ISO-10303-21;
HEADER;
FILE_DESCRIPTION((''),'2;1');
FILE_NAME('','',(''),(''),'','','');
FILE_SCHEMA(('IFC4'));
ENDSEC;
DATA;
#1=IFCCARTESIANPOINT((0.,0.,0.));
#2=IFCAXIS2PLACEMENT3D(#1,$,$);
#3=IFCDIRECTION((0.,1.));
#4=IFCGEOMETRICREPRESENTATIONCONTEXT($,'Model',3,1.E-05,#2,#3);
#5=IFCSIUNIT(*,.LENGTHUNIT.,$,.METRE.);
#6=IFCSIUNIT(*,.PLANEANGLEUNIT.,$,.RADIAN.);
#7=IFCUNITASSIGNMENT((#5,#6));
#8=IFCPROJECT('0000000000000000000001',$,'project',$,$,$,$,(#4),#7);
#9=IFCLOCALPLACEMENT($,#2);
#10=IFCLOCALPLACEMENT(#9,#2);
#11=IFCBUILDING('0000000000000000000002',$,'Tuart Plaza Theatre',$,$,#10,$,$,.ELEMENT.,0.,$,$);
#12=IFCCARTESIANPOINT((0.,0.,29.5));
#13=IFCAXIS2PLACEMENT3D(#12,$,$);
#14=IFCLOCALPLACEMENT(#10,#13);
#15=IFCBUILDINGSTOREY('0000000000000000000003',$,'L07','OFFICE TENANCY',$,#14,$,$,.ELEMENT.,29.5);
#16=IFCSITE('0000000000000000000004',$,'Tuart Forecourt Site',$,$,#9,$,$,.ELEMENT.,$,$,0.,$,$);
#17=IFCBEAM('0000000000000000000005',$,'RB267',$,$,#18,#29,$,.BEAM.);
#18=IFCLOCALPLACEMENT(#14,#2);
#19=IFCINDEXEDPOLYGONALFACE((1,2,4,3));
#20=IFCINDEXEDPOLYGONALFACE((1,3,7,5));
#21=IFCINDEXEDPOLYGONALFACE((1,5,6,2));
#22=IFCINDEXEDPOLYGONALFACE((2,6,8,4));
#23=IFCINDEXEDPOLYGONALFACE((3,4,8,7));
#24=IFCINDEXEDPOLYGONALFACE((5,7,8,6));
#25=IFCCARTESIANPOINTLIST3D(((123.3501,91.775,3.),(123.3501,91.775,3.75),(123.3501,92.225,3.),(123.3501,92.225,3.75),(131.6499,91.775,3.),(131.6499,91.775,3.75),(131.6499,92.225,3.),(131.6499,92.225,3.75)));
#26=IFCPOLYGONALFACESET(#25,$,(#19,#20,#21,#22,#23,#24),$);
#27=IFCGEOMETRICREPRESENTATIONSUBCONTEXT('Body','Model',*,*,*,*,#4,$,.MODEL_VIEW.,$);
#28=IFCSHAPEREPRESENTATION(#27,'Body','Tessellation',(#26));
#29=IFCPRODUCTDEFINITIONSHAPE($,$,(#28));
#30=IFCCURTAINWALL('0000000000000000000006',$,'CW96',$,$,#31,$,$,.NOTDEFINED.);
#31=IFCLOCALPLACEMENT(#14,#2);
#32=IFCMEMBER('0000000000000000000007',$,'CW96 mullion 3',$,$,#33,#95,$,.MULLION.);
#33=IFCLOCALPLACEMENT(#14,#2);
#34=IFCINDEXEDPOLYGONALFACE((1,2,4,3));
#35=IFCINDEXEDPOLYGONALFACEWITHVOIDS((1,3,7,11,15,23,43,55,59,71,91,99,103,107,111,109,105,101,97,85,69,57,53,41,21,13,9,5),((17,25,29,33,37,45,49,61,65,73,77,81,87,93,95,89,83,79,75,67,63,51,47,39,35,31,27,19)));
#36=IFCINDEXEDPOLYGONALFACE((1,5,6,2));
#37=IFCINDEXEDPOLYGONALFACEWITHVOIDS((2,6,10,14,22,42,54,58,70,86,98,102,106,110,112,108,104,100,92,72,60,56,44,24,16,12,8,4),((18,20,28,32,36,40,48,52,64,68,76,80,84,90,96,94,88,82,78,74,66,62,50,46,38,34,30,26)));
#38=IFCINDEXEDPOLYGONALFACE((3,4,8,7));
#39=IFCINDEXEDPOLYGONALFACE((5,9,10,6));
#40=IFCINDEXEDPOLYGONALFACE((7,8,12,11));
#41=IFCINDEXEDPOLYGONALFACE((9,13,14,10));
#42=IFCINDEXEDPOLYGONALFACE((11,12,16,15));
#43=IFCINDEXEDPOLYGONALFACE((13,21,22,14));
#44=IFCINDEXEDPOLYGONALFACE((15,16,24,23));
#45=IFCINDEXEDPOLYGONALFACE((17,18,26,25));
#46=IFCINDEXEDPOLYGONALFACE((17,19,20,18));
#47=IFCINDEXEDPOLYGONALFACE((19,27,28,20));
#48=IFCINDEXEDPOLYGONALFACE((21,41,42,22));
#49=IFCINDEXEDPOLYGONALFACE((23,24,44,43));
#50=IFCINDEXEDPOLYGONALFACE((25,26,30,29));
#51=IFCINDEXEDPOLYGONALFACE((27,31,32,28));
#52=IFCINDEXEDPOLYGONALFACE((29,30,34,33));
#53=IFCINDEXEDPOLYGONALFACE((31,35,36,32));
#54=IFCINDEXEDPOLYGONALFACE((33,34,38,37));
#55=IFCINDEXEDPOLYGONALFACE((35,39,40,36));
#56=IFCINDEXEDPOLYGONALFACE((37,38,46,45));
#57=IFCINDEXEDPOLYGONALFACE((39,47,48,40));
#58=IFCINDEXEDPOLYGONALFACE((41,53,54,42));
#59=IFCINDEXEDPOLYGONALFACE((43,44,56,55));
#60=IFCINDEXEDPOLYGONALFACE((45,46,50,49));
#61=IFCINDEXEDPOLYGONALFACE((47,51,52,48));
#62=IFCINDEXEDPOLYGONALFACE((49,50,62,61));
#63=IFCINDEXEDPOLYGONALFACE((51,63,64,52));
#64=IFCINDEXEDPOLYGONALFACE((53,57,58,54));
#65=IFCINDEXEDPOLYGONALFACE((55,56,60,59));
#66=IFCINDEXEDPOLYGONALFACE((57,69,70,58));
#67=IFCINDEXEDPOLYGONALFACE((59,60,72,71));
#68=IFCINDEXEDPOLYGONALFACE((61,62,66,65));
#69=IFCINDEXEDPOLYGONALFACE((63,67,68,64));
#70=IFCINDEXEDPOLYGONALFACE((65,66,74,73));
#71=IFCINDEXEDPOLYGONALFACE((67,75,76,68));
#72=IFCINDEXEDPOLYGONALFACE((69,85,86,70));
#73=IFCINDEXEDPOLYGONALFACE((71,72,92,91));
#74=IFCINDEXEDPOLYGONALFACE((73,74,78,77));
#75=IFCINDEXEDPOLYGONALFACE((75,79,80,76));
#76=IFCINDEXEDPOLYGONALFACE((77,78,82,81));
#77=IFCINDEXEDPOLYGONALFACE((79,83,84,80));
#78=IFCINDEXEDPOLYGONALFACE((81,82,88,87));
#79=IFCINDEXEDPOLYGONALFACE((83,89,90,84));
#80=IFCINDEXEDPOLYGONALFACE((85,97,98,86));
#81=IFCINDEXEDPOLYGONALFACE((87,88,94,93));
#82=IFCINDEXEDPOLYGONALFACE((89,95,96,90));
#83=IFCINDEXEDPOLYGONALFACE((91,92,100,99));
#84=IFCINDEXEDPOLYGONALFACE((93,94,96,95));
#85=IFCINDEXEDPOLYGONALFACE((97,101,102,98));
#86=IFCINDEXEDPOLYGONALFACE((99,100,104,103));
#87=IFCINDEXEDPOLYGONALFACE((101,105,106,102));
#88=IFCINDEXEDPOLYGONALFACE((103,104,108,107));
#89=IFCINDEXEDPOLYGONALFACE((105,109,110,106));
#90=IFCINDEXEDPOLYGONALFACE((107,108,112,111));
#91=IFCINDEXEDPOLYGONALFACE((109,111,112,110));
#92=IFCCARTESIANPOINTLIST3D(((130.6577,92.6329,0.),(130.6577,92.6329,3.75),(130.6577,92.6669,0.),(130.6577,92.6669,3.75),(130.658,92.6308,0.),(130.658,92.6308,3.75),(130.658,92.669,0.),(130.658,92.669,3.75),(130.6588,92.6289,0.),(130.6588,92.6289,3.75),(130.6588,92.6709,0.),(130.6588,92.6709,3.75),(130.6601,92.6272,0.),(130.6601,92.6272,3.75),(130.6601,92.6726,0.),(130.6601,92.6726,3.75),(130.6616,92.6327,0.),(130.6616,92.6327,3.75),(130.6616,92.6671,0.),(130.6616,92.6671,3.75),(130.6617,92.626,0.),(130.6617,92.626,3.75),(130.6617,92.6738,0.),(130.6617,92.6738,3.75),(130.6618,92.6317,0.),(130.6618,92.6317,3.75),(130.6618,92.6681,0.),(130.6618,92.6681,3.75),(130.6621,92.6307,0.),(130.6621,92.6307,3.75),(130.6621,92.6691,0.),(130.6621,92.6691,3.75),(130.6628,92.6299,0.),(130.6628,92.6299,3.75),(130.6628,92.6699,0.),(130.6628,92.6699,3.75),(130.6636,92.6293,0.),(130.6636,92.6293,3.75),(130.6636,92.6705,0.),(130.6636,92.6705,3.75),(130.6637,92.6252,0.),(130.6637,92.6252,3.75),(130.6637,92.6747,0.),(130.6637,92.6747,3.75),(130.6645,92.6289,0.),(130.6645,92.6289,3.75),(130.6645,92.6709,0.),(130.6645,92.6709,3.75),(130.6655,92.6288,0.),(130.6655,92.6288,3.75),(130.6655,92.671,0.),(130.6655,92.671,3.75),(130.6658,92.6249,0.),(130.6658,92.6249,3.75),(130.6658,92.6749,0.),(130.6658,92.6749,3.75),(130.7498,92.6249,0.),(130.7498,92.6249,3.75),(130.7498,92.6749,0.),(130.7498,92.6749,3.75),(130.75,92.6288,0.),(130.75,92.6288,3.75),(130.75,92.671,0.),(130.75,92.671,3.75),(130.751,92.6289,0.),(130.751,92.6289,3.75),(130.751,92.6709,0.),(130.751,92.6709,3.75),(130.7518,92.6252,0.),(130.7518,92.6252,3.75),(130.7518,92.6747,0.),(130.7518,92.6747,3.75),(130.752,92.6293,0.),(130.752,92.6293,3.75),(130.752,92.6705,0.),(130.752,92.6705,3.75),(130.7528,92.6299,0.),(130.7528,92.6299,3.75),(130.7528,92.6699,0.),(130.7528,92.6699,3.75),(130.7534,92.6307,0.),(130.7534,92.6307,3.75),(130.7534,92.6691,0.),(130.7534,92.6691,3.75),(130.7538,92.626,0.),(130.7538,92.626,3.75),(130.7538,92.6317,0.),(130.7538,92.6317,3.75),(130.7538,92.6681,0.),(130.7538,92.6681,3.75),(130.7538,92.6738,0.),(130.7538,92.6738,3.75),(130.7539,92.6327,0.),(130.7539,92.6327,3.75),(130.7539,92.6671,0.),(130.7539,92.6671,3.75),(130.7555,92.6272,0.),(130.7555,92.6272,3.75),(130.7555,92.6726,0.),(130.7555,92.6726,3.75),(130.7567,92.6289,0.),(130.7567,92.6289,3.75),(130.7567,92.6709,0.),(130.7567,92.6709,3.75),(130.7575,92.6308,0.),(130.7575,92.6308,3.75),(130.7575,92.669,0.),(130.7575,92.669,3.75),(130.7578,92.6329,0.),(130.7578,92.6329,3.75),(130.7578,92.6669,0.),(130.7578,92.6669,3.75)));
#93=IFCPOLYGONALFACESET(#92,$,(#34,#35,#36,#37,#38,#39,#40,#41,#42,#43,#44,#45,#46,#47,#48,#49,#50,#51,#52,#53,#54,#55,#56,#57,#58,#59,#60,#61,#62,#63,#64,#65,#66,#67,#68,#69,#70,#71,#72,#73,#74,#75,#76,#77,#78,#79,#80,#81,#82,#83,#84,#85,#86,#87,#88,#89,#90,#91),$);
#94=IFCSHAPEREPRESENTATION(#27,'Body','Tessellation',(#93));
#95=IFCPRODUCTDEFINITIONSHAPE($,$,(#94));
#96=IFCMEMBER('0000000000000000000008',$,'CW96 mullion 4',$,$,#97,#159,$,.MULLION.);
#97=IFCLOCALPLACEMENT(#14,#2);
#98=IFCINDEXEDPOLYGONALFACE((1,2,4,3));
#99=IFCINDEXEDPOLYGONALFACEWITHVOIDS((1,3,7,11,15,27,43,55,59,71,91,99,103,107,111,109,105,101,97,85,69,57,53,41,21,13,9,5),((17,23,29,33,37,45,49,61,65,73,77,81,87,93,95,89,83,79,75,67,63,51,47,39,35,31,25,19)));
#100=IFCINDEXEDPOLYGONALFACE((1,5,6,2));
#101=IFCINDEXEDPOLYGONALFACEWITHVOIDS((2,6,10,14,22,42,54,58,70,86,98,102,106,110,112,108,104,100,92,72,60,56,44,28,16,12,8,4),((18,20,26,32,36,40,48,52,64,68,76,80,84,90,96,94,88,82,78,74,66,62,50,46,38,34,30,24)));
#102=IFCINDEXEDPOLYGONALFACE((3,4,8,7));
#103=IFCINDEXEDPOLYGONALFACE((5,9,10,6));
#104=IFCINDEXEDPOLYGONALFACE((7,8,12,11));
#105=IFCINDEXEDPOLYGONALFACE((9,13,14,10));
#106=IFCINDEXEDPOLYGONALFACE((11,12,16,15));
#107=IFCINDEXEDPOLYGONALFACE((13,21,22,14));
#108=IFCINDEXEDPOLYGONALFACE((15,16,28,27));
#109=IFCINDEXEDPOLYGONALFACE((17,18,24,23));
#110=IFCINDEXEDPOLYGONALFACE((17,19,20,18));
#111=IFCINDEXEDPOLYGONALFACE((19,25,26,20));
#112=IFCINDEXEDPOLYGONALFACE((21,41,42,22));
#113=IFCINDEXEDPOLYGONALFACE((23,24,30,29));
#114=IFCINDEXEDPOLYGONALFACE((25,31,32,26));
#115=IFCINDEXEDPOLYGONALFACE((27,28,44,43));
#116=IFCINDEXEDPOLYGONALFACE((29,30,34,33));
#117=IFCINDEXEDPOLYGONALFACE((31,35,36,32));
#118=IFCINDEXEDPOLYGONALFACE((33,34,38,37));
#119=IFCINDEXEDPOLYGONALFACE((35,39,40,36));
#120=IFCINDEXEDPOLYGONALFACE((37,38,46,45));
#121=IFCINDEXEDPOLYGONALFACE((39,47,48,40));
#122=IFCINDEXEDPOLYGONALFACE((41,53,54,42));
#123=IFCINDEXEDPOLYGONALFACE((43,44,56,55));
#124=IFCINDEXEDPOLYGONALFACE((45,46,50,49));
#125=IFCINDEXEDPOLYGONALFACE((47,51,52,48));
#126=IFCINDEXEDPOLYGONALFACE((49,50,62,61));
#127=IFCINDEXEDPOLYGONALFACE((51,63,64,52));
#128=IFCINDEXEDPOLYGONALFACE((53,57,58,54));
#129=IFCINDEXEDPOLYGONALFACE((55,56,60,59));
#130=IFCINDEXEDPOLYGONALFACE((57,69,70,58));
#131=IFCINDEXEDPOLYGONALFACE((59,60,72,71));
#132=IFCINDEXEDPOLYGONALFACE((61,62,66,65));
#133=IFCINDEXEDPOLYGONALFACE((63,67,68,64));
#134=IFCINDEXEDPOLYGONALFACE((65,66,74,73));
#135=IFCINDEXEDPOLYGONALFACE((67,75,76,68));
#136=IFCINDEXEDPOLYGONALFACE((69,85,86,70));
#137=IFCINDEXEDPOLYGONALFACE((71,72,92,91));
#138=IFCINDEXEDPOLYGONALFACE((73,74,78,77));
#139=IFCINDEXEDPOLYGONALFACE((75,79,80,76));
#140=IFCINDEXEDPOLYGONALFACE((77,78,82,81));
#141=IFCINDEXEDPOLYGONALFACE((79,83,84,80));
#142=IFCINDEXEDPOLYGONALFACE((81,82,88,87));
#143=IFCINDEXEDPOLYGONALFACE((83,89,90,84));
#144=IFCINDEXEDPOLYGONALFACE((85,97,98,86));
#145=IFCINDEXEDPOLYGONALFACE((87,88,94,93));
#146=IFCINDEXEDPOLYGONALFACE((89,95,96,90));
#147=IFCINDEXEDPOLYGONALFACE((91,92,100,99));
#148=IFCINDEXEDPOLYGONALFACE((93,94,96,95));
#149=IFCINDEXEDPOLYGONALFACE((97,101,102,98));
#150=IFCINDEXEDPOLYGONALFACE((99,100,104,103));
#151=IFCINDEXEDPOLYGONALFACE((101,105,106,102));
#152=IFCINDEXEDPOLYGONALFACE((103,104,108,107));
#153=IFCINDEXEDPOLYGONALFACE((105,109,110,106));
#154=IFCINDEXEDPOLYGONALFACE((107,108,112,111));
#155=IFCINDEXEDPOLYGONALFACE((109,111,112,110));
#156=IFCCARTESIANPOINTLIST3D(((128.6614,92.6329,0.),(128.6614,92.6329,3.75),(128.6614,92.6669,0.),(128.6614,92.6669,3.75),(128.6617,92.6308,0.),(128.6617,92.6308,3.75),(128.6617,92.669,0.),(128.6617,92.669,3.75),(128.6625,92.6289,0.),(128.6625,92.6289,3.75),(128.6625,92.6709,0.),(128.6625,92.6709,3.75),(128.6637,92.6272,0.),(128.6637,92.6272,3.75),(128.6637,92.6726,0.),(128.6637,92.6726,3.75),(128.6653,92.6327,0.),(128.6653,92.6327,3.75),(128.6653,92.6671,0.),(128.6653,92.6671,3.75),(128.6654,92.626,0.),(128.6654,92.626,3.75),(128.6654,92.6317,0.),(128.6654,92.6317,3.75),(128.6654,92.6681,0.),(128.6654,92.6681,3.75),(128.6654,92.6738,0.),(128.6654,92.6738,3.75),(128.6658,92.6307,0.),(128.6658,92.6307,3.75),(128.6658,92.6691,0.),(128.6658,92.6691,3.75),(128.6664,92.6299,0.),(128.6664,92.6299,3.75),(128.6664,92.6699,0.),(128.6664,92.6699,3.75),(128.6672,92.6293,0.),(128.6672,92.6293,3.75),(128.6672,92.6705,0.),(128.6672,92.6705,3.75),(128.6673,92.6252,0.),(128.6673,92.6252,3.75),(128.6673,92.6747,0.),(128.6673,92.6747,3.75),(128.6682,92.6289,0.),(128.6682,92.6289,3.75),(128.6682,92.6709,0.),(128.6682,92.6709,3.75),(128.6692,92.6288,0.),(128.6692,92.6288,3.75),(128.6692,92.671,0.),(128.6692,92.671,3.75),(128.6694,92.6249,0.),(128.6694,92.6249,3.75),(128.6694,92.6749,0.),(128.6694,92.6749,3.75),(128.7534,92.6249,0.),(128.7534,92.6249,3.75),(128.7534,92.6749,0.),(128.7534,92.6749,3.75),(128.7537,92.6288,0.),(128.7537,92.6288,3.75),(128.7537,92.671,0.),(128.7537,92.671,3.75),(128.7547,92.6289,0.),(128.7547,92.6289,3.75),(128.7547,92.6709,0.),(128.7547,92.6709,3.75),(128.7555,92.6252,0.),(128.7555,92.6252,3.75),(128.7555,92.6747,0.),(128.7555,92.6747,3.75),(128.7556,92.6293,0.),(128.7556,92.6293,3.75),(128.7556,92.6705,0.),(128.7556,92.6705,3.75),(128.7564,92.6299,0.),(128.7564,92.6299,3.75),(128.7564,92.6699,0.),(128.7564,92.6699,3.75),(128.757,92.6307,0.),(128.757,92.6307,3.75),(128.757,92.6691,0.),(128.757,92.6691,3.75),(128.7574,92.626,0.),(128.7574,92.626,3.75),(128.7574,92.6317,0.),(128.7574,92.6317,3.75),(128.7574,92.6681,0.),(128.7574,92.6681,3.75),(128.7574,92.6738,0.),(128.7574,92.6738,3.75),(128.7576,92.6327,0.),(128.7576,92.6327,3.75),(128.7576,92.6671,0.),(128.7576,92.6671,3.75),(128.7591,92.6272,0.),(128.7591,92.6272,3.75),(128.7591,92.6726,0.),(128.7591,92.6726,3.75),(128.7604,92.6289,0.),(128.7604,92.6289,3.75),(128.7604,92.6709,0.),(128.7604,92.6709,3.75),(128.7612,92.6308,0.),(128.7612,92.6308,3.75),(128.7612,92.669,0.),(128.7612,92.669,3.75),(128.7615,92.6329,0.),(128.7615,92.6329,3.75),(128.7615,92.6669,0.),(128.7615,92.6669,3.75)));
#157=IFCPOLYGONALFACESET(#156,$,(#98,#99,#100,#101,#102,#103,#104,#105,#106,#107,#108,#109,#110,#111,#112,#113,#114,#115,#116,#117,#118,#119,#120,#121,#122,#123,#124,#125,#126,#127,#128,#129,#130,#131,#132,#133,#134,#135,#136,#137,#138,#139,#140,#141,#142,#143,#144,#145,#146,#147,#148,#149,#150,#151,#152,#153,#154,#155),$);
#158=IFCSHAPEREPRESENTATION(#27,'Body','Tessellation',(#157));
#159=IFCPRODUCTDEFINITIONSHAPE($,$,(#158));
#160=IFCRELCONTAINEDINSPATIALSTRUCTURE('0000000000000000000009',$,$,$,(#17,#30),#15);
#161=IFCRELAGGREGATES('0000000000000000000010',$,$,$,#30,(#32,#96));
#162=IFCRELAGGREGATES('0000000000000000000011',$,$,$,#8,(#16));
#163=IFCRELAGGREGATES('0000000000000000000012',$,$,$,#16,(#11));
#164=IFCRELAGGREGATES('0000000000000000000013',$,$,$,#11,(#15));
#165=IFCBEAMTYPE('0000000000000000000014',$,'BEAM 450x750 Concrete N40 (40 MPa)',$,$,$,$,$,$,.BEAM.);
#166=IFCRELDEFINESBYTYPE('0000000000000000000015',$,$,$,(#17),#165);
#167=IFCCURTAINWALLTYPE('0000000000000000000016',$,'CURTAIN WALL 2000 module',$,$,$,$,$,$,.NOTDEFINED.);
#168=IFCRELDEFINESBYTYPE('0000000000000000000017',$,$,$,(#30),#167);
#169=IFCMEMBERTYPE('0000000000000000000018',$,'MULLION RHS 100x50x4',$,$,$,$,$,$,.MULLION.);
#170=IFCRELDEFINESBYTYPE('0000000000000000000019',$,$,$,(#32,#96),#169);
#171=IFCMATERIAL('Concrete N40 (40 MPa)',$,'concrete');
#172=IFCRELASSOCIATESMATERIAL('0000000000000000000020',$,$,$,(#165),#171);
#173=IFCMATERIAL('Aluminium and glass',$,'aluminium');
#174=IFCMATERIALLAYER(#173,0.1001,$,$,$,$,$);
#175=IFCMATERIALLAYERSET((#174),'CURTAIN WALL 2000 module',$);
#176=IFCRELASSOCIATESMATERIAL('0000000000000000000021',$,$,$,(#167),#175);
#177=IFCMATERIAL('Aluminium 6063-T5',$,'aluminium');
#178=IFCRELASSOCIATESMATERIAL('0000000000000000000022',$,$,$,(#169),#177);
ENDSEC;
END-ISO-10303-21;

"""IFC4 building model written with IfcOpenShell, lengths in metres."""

from ifc_helpers import new_model, si_unit, direction, frame, origin, origin_2d, place, context, subcontext, project, spatial, rectangle, hollow_rectangle, extrude, material, layer, layer_set, material_profile, profile_set, type_object, element, aggregate, save


model = new_model("IFC4")

# Units and contexts
model_context = context("Model", 3, precision=1e-05, world=origin(), true_north=direction((0.0, 1.0)))
body_context = subcontext(model_context, "Body", "Model", "MODEL_VIEW")
ifc_project = project(units=[si_unit("LENGTHUNIT", "METRE"), si_unit("PLANEANGLEUNIT", "RADIAN")], contexts=[model_context])

# Site, building, storey
site_placement = place(None, origin())
site = spatial("IfcSite", under=ifc_project, at=site_placement, Name="Tuart Forecourt Site", CompositionType="ELEMENT", RefElevation=0.0)
building_placement = place(site_placement, origin())
building = spatial("IfcBuilding", under=site, at=building_placement, Name="Tuart Plaza Theatre", CompositionType="ELEMENT", ElevationOfRefHeight=0.0)
storey_placement = place(building_placement, frame((0.0, 0.0, 29.5)))
storey = spatial("IfcBuildingStorey", under=building, at=storey_placement, Name="L07", Description="OFFICE TENANCY", CompositionType="ELEMENT", Elevation=29.5)

# Beam
ifc_material_1 = material(Name="Concrete N40 (40 MPa)", Category="concrete")
ifc_material_profile_1 = material_profile(ifc_material_1, rectangle(XDim=0.45, YDim=0.75, at=origin_2d()), Name="BEAM 450x750 Concrete N40 (40 MPa)")
ifc_profile_set_1 = profile_set([ifc_material_profile_1], Name="Concrete N40 (40 MPa)")
beam_type = type_object("IfcBeamType", Name="BEAM 450x750 Concrete N40 (40 MPa)", PredefinedType="BEAM", material=ifc_profile_set_1)
beam_placement = place(storey_placement, frame((123.3501, 92.0, 3.375), z_axis=(1.0, 0.0, 0.0), x_axis=(0.0, 1.0, 0.0)))
element("IfcBeam", 1, at=beam_placement, inside=storey, type_object=beam_type, Name="RB267", PredefinedType="BEAM", context=body_context, shape_type="SweptSolid", body=[
    extrude(rectangle(XDim=0.45, YDim=0.75, at=origin_2d()), origin(), (0.0, 0.0, 1.0), 8.2998),
])

# Curtain wall, members
ifc_material_2 = material(Name="Aluminium and glass", Category="aluminium")
ifc_layer_1 = layer(ifc_material_2, 0.1001)
ifc_layer_set_1 = layer_set([ifc_layer_1], Name="CURTAIN WALL 2000 module")
curtain_wall_type = type_object("IfcCurtainWallType", Name="CURTAIN WALL 2000 module", PredefinedType="NOTDEFINED", material=ifc_layer_set_1)
curtain_wall_placement = place(storey_placement, origin())
curtain_wall = element("IfcCurtainWall", 2, at=curtain_wall_placement, inside=storey, type_object=curtain_wall_type, Name="CW96", PredefinedType="NOTDEFINED")
ifc_material_3 = material(Name="Aluminium 6063-T5", Category="aluminium")
ifc_material_profile_2 = material_profile(ifc_material_3, hollow_rectangle(XDim=0.05, YDim=0.1001, WallThickness=0.0039, InnerFilletRadius=0.0039, OuterFilletRadius=0.0081, at=origin_2d()), Name="RHS 100x50x4")
ifc_profile_set_2 = profile_set([ifc_material_profile_2], Name="Aluminium 6063-T5")
member_type_1 = type_object("IfcMemberType", Name="MULLION RHS 100x50x4", PredefinedType="MULLION", material=ifc_profile_set_2)
member_1_placement = place(storey_placement, frame((130.7078, 92.6499, 0.0), z_axis=(0.0, 0.0, 1.0), x_axis=(0.0, -1.0, 0.0)))
member_1 = element("IfcMember", 3, at=member_1_placement, type_object=member_type_1, Name="CW96 mullion 3", PredefinedType="MULLION", context=body_context, shape_type="SweptSolid", body=[
    extrude(hollow_rectangle(XDim=0.05, YDim=0.1001, WallThickness=0.0039, InnerFilletRadius=0.0039, OuterFilletRadius=0.0081, at=origin_2d()), origin(), (0.0, 0.0, 1.0), 3.75),
])
member_2_placement = place(storey_placement, frame((128.7114, 92.6499, 0.0), z_axis=(0.0, 0.0, 1.0), x_axis=(0.0, -1.0, 0.0)))
member_2 = element("IfcMember", 4, at=member_2_placement, type_object=member_type_1, Name="CW96 mullion 4", PredefinedType="MULLION", context=body_context, shape_type="SweptSolid", body=[
    extrude(hollow_rectangle(XDim=0.05, YDim=0.1001, WallThickness=0.0039, InnerFilletRadius=0.0039, OuterFilletRadius=0.0081, at=origin_2d()), origin(), (0.0, 0.0, 1.0), 3.75),
])
aggregate(curtain_wall, [member_1, member_2])

save(model, "model.ifc")
